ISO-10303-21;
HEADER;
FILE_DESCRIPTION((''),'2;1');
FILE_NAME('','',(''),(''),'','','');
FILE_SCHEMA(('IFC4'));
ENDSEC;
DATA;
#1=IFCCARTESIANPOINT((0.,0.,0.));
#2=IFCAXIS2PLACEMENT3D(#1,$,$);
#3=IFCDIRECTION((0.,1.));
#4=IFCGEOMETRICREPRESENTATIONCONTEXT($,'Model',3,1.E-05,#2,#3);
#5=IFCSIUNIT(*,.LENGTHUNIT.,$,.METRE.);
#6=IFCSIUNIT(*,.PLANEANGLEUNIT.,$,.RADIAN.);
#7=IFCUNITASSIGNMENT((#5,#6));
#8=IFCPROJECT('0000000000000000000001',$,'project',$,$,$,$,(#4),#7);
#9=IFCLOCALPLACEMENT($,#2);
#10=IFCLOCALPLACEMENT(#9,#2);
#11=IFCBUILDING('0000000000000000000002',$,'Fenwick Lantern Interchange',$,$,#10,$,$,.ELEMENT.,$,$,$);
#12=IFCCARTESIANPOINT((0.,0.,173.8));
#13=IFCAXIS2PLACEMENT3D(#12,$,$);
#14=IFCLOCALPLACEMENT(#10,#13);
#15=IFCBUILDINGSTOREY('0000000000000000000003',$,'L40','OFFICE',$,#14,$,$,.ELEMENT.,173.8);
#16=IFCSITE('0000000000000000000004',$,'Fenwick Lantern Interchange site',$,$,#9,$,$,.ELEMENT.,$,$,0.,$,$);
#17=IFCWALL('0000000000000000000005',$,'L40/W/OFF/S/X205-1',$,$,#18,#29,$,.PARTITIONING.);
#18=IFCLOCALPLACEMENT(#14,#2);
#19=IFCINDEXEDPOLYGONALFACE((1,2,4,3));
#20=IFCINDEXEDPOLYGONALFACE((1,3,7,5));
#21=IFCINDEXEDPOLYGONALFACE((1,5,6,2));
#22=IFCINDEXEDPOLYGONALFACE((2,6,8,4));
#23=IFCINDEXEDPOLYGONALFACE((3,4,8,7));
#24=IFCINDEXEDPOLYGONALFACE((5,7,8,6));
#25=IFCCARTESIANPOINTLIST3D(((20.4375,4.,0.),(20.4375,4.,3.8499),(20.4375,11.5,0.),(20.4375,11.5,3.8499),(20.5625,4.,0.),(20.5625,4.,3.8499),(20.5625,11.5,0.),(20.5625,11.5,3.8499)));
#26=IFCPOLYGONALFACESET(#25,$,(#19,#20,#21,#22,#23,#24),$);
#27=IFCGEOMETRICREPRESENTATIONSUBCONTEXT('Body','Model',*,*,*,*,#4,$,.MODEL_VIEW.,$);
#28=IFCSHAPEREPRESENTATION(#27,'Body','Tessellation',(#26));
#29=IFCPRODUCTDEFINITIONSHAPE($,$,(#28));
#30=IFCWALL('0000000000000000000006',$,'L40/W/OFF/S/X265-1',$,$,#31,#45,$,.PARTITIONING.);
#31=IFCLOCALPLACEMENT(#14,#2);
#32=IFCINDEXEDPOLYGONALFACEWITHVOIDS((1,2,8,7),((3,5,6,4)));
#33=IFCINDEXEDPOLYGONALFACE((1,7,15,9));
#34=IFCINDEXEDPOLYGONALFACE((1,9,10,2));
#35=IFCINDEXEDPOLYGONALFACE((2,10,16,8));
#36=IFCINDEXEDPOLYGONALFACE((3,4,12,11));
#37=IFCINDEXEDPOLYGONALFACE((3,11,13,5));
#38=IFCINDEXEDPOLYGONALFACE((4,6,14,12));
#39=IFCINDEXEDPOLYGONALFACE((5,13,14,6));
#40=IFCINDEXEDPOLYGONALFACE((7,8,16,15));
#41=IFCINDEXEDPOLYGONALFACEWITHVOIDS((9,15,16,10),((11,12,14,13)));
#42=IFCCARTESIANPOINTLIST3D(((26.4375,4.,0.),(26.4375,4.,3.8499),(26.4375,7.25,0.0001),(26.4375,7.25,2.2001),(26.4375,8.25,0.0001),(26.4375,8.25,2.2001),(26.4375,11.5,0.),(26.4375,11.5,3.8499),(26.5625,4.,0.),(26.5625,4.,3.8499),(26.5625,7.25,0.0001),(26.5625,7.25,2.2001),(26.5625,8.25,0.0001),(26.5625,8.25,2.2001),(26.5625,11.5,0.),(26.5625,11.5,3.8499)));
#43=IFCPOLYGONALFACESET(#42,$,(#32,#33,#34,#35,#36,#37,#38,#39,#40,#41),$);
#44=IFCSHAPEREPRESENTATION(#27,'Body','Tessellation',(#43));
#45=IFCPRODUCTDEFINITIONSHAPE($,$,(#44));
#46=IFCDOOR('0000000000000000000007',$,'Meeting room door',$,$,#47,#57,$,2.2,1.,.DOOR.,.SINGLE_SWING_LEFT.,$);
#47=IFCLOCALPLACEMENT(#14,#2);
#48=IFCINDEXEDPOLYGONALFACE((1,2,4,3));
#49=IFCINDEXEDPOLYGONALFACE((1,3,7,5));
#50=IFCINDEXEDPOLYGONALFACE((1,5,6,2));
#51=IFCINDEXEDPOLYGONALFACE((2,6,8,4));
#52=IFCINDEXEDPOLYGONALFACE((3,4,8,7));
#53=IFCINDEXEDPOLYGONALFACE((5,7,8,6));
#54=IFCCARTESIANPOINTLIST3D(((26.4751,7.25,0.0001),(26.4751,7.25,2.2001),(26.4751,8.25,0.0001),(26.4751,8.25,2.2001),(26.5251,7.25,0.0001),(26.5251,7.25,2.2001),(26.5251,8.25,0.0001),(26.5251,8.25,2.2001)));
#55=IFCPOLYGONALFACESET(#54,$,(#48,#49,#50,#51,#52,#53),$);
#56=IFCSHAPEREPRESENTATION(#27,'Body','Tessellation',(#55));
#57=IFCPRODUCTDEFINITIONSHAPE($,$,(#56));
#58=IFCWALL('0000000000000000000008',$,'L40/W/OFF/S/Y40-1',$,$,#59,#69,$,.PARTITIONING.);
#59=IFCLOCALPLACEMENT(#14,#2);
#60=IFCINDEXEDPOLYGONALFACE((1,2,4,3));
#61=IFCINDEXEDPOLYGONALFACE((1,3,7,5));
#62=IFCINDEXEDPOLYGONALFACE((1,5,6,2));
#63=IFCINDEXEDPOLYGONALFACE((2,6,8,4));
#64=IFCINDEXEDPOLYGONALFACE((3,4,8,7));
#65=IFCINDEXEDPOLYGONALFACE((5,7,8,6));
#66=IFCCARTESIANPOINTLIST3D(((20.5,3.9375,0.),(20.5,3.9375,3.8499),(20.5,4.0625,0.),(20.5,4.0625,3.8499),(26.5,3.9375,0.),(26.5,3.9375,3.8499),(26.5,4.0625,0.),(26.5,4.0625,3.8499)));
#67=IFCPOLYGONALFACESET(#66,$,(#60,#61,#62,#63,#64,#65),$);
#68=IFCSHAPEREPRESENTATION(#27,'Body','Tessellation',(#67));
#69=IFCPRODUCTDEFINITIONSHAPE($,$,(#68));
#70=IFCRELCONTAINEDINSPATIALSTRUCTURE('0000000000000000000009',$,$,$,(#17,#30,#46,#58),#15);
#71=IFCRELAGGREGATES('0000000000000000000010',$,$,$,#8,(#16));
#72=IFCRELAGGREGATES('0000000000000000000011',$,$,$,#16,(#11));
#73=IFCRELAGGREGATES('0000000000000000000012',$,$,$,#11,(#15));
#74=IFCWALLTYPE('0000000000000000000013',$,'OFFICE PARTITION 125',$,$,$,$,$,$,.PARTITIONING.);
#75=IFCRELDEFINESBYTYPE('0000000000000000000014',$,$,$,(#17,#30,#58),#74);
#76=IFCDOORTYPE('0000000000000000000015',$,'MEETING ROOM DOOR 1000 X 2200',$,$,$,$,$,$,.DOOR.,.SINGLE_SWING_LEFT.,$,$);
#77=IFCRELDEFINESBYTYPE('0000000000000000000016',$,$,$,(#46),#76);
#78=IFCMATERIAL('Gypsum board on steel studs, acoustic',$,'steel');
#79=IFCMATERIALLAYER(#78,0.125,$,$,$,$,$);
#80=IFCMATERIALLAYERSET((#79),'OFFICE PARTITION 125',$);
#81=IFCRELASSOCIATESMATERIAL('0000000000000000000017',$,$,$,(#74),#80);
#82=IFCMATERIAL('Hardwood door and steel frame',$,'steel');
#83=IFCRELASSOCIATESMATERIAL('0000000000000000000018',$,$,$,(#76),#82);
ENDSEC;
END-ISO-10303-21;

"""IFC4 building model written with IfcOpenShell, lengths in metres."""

from ifc_helpers import new_model, si_unit, direction, frame, frame_2d, origin, place, context, subcontext, project, spatial, rectangle, extrude, material, layer, layer_set, type_object, element, fill, save


model = new_model("IFC4")

# Units and contexts
model_context = context("Model", 3, precision=1e-05, world=origin(), true_north=direction((0.0, 1.0)))
body_context = subcontext(model_context, "Body", "Model", "MODEL_VIEW")
ifc_project = project(units=[si_unit("LENGTHUNIT", "METRE"), si_unit("PLANEANGLEUNIT", "RADIAN")], contexts=[model_context])

# Site, building, storey
site_placement = place(None, origin())
site = spatial("IfcSite", under=ifc_project, at=site_placement, Name="Fenwick Lantern Interchange site", CompositionType="ELEMENT", RefElevation=0.0)
building_placement = place(site_placement, origin())
building = spatial("IfcBuilding", under=site, at=building_placement, Name="Fenwick Lantern Interchange", CompositionType="ELEMENT")
storey_placement = place(building_placement, frame((0.0, 0.0, 173.8)))
storey = spatial("IfcBuildingStorey", under=building, at=storey_placement, Name="L40", Description="OFFICE", CompositionType="ELEMENT", Elevation=173.8)

# Wall
ifc_material_1 = material(Name="Gypsum board on steel studs, acoustic", Category="steel")
ifc_layer = layer(ifc_material_1, 0.125)
ifc_layer_set = layer_set([ifc_layer], Name="OFFICE PARTITION 125")
wall_type = type_object("IfcWallType", Name="OFFICE PARTITION 125", PredefinedType="PARTITIONING", material=ifc_layer_set)
wall_1_placement = place(storey_placement, frame((20.5, 4.0, 0.0), z_axis=(0.0, 0.0, 1.0), x_axis=(0.0, 1.0, 0.0)))
element("IfcWall", 1, at=wall_1_placement, inside=storey, type_object=wall_type, Name="L40/W/OFF/S/X205-1", PredefinedType="PARTITIONING", context=body_context, shape_type="SweptSolid", body=[
    extrude(rectangle(XDim=7.5, YDim=0.125, at=frame_2d((3.75, 0.0))), origin(), (0.0, 0.0, 1.0), 3.8499),
])

# Wall, opening, door
wall_2_placement = place(storey_placement, frame((26.5, 4.0, 0.0), z_axis=(0.0, 0.0, 1.0), x_axis=(0.0, 1.0, 0.0)))
wall_2 = element("IfcWall", 2, at=wall_2_placement, inside=storey, type_object=wall_type, Name="L40/W/OFF/S/X265-1", PredefinedType="PARTITIONING", context=body_context, shape_type="SweptSolid", body=[
    extrude(rectangle(XDim=7.5, YDim=0.125, at=frame_2d((3.75, 0.0))), origin(), (0.0, 0.0, 1.0), 3.8499),
])
opening_placement = place(wall_2_placement, frame((3.25, 0.0, 0.0)))
opening = element("IfcOpeningElement", 3, at=opening_placement, cuts=wall_2, PredefinedType="OPENING", context=body_context, shape_type="SweptSolid", body=[
    extrude(rectangle(XDim=1.0, YDim=2.2, at=frame_2d((0.5, 1.1001))), frame((0.0, 0.0725, 0.0), z_axis=(0.0, -1.0, 0.0), x_axis=(1.0, 0.0, 0.0)), (0.0, 0.0, 1.0), 0.145),
])
ifc_material_2 = material(Name="Hardwood door and steel frame", Category="steel")
door_type = type_object("IfcDoorType", Name="MEETING ROOM DOOR 1000 X 2200", OperationType="SINGLE_SWING_LEFT", PredefinedType="DOOR", material=ifc_material_2)
door_placement = place(opening_placement, origin())
door = element("IfcDoor", 4, at=door_placement, inside=storey, type_object=door_type, Name="Meeting room door", OperationType="SINGLE_SWING_LEFT", OverallHeight=2.2, OverallWidth=1.0, PredefinedType="DOOR", context=body_context, shape_type="SweptSolid", body=[
    extrude(rectangle(XDim=1.0, YDim=2.2, at=frame_2d((0.5, 1.1001))), frame((0.0, 0.0249, 0.0), z_axis=(0.0, -1.0, 0.0), x_axis=(1.0, 0.0, 0.0)), (0.0, 0.0, 1.0), 0.05),
])
fill(opening, door)

# Wall
wall_3_placement = place(storey_placement, frame((20.5, 4.0, 0.0), z_axis=(0.0, 0.0, 1.0), x_axis=(1.0, 0.0, 0.0)))
element("IfcWall", 5, at=wall_3_placement, inside=storey, type_object=wall_type, Name="L40/W/OFF/S/Y40-1", PredefinedType="PARTITIONING", context=body_context, shape_type="SweptSolid", body=[
    extrude(rectangle(XDim=6.0, YDim=0.125, at=frame_2d((3.0, 0.0))), origin(), (0.0, 0.0, 1.0), 3.8499),
])

save(model, "model.ifc")
